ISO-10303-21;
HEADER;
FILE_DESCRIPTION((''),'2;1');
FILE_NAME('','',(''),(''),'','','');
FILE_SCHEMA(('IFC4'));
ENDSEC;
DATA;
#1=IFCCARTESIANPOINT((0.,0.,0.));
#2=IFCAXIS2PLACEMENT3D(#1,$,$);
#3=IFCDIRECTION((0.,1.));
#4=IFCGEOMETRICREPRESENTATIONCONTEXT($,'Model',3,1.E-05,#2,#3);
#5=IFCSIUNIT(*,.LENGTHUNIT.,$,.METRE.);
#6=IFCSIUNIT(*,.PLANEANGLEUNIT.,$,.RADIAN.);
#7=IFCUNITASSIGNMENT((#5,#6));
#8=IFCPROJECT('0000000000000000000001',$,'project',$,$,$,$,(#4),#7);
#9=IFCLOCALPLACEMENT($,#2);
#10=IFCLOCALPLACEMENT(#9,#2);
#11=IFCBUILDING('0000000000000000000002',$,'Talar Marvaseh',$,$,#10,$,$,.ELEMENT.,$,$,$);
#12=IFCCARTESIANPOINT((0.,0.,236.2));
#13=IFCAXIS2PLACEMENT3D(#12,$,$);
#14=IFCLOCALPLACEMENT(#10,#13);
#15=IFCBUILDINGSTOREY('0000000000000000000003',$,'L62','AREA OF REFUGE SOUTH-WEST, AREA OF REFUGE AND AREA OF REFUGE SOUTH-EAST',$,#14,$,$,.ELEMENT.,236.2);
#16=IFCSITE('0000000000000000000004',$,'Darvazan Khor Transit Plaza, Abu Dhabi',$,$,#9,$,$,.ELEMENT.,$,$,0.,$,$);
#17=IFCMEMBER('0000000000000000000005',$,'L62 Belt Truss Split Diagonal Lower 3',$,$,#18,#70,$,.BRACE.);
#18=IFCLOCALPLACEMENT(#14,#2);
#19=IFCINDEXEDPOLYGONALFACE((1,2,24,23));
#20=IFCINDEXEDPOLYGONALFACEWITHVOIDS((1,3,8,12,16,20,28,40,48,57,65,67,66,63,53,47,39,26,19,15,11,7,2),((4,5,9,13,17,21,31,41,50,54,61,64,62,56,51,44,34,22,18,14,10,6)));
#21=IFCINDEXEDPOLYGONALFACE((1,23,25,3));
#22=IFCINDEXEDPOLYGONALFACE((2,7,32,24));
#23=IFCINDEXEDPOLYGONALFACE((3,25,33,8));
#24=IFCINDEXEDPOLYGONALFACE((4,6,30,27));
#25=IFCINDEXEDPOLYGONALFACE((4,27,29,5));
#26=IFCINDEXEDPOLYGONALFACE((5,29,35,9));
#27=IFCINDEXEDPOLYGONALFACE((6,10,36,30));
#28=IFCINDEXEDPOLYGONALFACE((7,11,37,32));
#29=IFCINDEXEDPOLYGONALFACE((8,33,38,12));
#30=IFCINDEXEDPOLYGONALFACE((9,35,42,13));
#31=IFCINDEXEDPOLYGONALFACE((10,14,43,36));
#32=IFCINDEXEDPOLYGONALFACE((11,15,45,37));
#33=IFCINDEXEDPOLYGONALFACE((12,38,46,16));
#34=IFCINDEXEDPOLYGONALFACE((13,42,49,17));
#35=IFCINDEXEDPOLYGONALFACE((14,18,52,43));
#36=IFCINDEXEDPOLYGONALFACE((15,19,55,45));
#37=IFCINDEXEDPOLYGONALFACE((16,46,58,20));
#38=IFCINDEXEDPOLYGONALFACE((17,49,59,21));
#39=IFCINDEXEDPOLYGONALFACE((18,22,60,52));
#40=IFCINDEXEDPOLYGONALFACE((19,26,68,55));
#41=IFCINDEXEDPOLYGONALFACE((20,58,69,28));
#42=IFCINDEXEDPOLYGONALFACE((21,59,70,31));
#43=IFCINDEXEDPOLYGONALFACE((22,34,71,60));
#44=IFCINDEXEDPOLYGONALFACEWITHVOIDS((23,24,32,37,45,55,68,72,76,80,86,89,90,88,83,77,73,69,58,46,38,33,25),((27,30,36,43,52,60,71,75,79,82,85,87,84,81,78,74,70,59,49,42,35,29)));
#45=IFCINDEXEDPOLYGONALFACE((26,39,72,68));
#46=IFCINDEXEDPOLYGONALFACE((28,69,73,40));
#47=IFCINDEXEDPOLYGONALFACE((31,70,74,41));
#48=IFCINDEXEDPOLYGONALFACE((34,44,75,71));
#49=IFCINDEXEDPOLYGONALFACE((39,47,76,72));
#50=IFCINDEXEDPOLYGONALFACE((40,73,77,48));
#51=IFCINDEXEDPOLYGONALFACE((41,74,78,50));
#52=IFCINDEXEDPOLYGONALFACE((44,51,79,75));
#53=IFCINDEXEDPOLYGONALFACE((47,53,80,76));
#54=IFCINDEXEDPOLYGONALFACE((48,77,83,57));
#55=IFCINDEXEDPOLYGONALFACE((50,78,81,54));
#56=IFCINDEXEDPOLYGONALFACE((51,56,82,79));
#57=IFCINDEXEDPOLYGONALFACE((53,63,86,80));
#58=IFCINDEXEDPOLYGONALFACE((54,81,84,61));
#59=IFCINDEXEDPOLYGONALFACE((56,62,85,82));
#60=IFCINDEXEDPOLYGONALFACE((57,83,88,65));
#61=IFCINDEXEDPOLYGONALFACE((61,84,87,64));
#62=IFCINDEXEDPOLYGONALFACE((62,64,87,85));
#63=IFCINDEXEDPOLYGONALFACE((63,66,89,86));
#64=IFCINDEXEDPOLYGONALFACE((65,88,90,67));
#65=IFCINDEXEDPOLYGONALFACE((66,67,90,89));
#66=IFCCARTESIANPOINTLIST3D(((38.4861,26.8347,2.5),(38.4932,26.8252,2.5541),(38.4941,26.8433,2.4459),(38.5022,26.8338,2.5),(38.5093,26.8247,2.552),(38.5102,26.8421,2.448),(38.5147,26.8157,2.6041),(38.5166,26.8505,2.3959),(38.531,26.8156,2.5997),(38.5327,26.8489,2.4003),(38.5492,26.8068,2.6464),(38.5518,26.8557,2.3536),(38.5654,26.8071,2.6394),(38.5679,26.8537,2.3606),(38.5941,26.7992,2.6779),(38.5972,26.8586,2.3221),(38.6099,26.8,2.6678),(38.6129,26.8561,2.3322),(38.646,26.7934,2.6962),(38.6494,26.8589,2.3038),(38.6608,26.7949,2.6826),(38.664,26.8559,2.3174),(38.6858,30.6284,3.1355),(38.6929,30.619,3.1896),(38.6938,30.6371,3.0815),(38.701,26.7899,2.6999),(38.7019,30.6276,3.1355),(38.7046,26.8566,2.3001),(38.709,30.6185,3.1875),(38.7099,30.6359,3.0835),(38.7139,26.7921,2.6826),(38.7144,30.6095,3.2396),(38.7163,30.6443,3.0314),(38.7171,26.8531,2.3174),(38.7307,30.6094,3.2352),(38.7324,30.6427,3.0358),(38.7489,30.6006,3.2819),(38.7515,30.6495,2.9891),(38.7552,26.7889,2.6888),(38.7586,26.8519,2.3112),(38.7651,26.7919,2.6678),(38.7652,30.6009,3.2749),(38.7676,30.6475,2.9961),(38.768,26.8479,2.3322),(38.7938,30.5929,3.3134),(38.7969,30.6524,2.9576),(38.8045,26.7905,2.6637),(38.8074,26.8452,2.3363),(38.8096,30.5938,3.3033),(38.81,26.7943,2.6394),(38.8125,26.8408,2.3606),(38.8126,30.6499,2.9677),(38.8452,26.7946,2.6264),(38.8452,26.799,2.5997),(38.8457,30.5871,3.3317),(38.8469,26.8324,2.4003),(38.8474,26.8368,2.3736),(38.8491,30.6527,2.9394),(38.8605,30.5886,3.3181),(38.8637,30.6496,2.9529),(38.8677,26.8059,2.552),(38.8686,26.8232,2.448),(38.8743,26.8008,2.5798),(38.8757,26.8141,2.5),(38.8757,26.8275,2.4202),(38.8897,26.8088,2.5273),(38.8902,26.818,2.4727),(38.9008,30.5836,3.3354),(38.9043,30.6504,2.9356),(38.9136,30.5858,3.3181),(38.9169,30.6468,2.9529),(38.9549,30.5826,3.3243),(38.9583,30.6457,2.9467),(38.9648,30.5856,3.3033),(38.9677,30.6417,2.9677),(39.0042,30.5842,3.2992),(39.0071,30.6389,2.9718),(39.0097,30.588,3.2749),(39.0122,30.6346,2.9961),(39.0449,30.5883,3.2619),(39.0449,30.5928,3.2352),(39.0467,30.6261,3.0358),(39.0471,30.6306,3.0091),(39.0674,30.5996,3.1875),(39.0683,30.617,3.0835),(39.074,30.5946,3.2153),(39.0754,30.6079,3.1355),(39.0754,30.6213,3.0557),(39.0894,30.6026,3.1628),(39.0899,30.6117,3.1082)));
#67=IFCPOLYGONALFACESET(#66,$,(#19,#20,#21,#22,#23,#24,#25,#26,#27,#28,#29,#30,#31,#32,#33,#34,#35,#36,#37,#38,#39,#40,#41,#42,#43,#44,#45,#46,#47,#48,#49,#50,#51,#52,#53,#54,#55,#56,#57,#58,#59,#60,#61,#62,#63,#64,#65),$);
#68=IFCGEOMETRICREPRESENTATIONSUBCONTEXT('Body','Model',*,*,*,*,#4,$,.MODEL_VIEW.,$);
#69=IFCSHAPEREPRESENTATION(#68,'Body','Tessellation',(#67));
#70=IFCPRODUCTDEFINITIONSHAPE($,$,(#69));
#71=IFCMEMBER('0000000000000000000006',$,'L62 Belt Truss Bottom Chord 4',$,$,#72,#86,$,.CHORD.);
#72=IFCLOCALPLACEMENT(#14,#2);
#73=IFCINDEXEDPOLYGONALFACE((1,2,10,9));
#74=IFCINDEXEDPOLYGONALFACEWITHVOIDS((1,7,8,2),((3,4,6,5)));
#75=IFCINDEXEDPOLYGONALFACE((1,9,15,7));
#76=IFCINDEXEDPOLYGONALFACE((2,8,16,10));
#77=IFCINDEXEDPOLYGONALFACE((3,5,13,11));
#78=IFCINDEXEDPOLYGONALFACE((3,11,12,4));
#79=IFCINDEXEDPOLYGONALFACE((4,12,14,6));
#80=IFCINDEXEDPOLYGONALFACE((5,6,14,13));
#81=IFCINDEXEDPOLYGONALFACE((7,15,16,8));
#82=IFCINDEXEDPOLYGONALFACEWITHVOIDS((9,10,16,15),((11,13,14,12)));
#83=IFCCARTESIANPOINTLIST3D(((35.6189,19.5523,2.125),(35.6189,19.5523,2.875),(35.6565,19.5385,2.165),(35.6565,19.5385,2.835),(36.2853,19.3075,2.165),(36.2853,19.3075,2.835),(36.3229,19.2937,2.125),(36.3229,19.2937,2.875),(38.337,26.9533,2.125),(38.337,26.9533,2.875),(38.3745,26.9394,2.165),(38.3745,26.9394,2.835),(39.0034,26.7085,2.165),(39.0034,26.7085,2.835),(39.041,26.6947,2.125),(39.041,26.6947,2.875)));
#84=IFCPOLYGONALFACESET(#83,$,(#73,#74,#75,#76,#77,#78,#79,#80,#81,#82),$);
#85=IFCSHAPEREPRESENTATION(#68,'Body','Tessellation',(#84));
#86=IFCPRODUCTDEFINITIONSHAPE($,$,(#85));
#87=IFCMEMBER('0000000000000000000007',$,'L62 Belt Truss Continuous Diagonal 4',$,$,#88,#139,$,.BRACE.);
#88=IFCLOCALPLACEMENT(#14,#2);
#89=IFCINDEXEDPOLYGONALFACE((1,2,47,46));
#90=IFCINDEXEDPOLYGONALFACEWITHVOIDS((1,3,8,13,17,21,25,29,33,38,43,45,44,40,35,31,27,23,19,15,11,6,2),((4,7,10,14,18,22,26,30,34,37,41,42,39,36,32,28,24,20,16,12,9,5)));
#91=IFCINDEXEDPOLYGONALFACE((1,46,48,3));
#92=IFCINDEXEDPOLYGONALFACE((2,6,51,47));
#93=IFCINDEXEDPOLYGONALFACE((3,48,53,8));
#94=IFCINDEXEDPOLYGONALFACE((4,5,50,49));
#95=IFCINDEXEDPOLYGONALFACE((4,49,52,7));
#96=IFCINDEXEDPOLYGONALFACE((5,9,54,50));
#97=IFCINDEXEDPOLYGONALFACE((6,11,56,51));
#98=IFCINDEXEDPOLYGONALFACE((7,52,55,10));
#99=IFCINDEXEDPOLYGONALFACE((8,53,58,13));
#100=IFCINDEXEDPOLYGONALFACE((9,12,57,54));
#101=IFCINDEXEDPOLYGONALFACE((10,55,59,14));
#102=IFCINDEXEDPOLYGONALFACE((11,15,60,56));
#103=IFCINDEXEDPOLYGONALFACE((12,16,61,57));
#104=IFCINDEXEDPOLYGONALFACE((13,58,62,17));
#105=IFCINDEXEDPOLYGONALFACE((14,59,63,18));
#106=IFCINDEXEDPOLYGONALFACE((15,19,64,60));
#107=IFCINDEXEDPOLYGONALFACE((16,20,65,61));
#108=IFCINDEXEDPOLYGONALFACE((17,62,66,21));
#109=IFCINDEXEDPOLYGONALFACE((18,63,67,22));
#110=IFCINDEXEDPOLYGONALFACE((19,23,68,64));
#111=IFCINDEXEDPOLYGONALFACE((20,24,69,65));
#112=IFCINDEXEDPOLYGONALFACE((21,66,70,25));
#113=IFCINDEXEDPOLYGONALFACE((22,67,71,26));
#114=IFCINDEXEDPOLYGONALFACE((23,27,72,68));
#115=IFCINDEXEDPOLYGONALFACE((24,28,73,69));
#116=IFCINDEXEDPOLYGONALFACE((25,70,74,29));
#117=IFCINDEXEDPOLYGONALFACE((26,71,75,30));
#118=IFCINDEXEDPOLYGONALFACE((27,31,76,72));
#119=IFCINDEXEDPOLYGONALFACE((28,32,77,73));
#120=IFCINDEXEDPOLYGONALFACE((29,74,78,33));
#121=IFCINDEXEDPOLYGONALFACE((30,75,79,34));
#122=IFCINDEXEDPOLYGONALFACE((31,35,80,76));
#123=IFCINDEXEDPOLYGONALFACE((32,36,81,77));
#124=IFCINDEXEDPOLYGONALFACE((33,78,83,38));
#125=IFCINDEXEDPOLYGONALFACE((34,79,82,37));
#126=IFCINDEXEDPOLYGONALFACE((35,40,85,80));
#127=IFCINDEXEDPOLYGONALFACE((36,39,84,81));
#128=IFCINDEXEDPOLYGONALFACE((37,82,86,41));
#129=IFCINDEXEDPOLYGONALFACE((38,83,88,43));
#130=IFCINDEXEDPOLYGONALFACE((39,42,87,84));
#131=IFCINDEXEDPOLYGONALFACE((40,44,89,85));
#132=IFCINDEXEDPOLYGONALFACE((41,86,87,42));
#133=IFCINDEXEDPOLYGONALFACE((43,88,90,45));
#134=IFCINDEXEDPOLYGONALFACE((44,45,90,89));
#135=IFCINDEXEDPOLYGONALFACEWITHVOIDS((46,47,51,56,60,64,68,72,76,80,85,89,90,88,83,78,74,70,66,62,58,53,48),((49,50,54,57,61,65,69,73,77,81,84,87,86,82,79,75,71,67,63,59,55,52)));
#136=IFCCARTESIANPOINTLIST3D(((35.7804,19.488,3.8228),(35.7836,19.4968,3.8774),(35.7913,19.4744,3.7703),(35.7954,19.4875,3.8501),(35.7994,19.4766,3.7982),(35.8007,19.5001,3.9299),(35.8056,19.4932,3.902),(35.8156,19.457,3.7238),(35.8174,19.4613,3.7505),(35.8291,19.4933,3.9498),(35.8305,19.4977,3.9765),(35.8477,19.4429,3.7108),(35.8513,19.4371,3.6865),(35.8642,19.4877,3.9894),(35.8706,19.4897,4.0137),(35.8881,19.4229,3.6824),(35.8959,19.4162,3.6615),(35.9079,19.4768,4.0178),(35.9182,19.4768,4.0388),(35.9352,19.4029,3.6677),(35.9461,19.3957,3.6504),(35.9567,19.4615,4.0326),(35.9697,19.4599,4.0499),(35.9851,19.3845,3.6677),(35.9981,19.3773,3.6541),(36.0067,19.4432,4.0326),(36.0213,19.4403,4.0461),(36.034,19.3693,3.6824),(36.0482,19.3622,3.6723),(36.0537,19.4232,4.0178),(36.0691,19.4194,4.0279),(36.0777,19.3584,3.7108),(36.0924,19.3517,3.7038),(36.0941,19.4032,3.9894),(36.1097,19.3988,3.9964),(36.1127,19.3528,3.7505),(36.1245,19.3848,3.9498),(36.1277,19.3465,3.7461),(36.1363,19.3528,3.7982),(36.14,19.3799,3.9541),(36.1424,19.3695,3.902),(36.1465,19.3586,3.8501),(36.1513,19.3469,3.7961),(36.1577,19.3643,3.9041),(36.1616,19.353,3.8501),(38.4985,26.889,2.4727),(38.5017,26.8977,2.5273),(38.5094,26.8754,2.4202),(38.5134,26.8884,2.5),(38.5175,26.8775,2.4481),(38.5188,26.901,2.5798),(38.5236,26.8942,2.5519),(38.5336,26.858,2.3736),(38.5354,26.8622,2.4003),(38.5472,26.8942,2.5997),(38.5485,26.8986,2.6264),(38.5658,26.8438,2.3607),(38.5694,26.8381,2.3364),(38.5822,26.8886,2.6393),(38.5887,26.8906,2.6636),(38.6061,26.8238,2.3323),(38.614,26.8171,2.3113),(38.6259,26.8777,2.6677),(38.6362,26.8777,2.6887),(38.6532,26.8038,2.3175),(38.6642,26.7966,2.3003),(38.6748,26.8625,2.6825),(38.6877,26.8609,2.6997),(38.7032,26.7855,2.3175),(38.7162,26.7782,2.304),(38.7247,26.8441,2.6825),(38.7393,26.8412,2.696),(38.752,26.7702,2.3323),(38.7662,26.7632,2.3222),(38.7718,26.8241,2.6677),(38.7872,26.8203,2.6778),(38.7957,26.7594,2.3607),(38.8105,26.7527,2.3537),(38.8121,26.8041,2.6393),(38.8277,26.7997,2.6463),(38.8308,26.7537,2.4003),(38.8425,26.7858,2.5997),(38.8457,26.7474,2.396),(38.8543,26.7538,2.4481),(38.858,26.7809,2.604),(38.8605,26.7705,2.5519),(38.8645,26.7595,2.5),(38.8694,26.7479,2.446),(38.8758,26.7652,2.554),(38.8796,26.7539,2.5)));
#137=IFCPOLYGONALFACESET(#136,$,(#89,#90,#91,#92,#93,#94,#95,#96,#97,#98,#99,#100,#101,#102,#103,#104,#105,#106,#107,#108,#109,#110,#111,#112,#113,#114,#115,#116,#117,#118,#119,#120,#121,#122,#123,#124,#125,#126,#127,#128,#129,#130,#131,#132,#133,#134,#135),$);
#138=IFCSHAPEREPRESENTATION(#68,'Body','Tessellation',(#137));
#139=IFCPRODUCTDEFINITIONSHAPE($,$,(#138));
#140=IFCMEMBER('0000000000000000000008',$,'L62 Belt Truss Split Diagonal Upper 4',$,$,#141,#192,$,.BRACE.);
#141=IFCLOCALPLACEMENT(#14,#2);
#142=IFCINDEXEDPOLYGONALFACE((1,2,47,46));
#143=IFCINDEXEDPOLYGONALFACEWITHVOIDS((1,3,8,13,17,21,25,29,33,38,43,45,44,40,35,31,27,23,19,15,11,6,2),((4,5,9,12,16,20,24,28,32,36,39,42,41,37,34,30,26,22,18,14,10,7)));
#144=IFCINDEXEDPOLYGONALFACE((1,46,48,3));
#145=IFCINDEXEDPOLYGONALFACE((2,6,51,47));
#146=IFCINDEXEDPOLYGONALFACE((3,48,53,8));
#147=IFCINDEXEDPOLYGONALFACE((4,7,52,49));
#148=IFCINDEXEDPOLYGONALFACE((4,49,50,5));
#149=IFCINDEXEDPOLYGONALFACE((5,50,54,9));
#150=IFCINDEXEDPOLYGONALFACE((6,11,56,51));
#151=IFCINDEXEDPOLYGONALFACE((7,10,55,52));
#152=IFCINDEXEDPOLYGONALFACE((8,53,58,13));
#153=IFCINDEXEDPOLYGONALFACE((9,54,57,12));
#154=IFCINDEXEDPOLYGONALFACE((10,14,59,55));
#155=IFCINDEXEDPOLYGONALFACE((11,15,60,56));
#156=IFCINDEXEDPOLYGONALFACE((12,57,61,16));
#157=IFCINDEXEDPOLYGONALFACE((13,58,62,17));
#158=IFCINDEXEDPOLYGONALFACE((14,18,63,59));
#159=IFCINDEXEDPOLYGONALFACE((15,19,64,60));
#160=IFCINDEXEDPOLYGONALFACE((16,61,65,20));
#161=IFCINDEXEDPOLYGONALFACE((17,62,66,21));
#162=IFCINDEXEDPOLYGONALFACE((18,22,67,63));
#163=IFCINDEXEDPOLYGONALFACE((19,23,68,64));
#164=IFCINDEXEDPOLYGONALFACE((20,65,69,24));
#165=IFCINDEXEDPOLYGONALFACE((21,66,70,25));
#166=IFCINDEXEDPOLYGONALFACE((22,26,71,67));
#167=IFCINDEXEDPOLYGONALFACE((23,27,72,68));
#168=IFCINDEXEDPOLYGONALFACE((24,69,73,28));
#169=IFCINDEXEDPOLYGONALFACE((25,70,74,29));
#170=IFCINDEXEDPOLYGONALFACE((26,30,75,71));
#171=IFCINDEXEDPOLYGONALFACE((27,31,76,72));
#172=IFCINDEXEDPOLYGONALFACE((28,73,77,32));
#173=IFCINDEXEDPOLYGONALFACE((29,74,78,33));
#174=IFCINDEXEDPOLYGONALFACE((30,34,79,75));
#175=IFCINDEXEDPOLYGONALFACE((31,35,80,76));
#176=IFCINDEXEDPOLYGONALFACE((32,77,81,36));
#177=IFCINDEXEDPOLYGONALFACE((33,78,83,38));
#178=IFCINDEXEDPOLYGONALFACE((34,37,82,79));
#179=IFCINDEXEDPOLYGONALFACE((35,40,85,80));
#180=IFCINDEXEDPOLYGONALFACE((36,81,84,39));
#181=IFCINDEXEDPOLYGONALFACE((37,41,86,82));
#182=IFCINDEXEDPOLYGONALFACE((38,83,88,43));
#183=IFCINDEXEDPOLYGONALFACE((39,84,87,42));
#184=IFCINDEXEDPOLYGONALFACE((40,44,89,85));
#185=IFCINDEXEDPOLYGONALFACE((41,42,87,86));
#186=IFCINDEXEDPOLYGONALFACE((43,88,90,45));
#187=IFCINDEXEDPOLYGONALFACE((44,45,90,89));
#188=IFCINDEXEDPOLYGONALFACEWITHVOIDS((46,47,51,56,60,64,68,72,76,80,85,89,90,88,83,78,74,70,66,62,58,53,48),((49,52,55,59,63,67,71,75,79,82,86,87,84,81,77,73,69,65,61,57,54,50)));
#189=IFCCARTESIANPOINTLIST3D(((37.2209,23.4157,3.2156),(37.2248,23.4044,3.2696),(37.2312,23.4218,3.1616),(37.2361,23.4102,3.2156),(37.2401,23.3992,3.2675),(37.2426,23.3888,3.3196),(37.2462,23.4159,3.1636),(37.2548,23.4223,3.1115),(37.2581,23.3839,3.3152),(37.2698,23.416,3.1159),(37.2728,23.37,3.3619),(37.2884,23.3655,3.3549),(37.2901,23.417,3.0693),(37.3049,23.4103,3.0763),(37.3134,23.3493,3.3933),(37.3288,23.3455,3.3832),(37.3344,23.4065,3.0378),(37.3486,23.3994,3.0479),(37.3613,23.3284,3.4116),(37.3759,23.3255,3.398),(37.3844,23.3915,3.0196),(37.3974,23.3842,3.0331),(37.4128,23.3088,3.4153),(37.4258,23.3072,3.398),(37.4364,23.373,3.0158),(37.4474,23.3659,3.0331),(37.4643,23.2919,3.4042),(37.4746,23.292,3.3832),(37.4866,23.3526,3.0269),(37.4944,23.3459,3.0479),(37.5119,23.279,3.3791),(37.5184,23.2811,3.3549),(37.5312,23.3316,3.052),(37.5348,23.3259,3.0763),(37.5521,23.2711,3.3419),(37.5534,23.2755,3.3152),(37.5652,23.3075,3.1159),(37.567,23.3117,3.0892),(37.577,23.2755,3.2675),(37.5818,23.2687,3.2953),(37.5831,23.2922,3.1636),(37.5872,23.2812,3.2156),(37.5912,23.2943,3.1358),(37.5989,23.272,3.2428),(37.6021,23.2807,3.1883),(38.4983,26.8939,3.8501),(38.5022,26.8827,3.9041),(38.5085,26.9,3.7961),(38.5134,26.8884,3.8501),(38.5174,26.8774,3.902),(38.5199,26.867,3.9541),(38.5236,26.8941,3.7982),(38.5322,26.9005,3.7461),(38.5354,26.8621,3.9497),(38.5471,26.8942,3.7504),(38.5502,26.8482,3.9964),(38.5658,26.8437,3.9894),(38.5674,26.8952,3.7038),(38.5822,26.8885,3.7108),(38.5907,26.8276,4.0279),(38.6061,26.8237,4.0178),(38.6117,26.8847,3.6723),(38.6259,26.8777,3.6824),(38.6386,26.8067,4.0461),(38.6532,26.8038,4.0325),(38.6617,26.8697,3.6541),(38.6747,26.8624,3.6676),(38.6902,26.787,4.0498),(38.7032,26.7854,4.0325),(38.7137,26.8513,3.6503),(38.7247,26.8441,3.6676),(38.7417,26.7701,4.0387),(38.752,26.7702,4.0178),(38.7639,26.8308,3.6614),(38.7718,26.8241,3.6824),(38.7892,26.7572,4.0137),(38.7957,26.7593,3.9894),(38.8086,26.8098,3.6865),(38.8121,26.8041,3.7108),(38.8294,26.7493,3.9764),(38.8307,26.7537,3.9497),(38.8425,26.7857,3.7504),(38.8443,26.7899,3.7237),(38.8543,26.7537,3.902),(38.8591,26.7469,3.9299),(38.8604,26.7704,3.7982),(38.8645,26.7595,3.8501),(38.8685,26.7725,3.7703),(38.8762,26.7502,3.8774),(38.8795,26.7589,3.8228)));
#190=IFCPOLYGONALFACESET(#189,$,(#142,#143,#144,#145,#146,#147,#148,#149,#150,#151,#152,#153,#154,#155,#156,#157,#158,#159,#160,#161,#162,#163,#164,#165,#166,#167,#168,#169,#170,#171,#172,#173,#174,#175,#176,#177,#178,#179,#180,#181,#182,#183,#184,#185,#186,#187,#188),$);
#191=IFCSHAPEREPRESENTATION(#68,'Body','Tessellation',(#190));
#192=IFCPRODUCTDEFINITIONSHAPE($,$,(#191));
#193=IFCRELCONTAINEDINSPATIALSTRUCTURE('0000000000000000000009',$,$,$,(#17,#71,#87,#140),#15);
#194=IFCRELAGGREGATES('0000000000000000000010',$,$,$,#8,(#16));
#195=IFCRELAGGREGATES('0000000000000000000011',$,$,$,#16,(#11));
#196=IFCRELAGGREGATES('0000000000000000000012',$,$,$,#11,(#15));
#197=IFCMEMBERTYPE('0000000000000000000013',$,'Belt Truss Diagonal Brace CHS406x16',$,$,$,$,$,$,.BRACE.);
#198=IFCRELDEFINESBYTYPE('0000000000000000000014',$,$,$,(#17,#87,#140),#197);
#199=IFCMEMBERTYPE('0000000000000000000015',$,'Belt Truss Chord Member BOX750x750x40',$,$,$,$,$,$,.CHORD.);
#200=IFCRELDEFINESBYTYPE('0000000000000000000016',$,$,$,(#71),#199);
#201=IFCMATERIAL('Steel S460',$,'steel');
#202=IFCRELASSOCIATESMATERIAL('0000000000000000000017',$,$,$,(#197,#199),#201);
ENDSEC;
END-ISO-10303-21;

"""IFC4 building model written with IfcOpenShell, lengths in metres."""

from ifc_helpers import new_model, si_unit, direction, frame, origin, origin_2d, place, context, subcontext, project, spatial, hollow_rectangle, hollow_circle, extrude, source, transform, mapped, material, material_profile, profile_set, type_object, type_shapes, element, save


model = new_model("IFC4")

# Units and contexts
model_context = context("Model", 3, precision=1e-05, world=origin(), true_north=direction((0.0, 1.0)))
body_context = subcontext(model_context, "Body", "Model", "MODEL_VIEW")
ifc_project = project(units=[si_unit("LENGTHUNIT", "METRE"), si_unit("PLANEANGLEUNIT", "RADIAN")], contexts=[model_context])

# Site, building, storey
site_placement = place(None, origin())
site = spatial("IfcSite", under=ifc_project, at=site_placement, Name="Darvazan Khor Transit Plaza, Abu Dhabi", CompositionType="ELEMENT", RefElevation=0.0)
building_placement = place(site_placement, origin())
building = spatial("IfcBuilding", under=site, at=building_placement, Name="Talar Marvaseh", CompositionType="ELEMENT")
storey_placement = place(building_placement, frame((0.0, 0.0, 236.2)))
storey = spatial("IfcBuildingStorey", under=building, at=storey_placement, Name="L62", Description="AREA OF REFUGE SOUTH-WEST, AREA OF REFUGE AND AREA OF REFUGE SOUTH-EAST", CompositionType="ELEMENT", Elevation=236.2)

# Shared definitions
ifc_material_1 = material(Name="Steel S460", Category="steel")

# Members
ifc_material_profile_1 = material_profile(ifc_material_1, hollow_circle(Radius=0.2031, WallThickness=0.0161, at=origin_2d()), Name="CHS406x16")
ifc_profile_set_1 = profile_set([ifc_material_profile_1], Name="Steel S460")
member_type_1 = type_object("IfcMemberType", Name="Belt Truss Diagonal Brace CHS406x16", PredefinedType="BRACE", material=ifc_profile_set_1)
shared_shape_1 = source(origin(), body_context, "Body", "SweptSolid", [
    extrude(hollow_circle(Radius=0.2031, WallThickness=0.0161, at=origin_2d()), origin(), (0.0, 0.0, 1.0), 3.8518),
])
member_1_placement = place(storey_placement, frame((38.689, 26.824, 2.5), z_axis=(0.051849, 0.984932, 0.16499), x_axis=(-0.998617, 0.052569, 0.0)))
element("IfcMember", 1, at=member_1_placement, inside=storey, type_object=member_type_1, Name="L62 Belt Truss Split Diagonal Lower 3", PredefinedType="BRACE", context=body_context, shape_type="MappedRepresentation", body=[
    mapped(shared_shape_1, transform((0.0, 0.0, 0.0), x_axis=(1.0, 0.0, 0.0), y_axis=(0.0, 1.0, 0.0), z_axis=(0.0, 0.0, 1.0), scale=1.0)),
])
ifc_material_profile_2 = material_profile(ifc_material_1, hollow_rectangle(XDim=0.75, YDim=0.75, WallThickness=0.04, at=origin_2d()), Name="BOX750x750x40")
ifc_profile_set_2 = profile_set([ifc_material_profile_2], Name="Steel S460")
member_type_2 = type_object("IfcMemberType", Name="Belt Truss Chord Member BOX750x750x40", PredefinedType="CHORD", material=ifc_profile_set_2)
shared_shape_2 = source(origin(), body_context, "Body", "SweptSolid", [
    extrude(hollow_rectangle(XDim=0.75, YDim=0.75, WallThickness=0.04, at=origin_2d()), origin(), (0.0, 0.0, 1.0), 7.8843),
])
type_shapes(member_type_2, [shared_shape_2])
member_2_placement = place(storey_placement, frame((38.689, 26.824, 2.5), z_axis=(-0.344742, -0.938697, 0.0), x_axis=(0.938697, -0.344742, 0.0)))
element("IfcMember", 2, at=member_2_placement, inside=storey, type_object=member_type_2, Name="L62 Belt Truss Bottom Chord 4", PredefinedType="CHORD", context=body_context, shape_type="MappedRepresentation", body=[
    mapped(shared_shape_2, transform((0.0, 0.0, 0.0), x_axis=(1.0, 0.0, 0.0), y_axis=(0.0, 1.0, 0.0), z_axis=(0.0, 0.0, 1.0), scale=1.0)),
])
shared_shape_3 = source(origin(), body_context, "Body", "SweptSolid", [
    extrude(hollow_circle(Radius=0.2031, WallThickness=0.0161, at=origin_2d()), origin(), (0.0, 0.0, 1.0), 7.999),
])
member_3_placement = place(storey_placement, frame((38.689, 26.824, 2.5), z_axis=(-0.339796, -0.92523, 0.168784), x_axis=(0.938697, -0.344742, 0.0)))
element("IfcMember", 3, at=member_3_placement, inside=storey, type_object=member_type_1, Name="L62 Belt Truss Continuous Diagonal 4", PredefinedType="BRACE", context=body_context, shape_type="MappedRepresentation", body=[
    mapped(shared_shape_3, transform((0.0, 0.0, 0.0), x_axis=(1.0, 0.0, 0.0), y_axis=(0.0, 1.0, 0.0), z_axis=(0.0, 0.0, 1.0), scale=1.0)),
])
shared_shape_4 = source(origin(), body_context, "Body", "SweptSolid", [
    extrude(hollow_circle(Radius=0.2031, WallThickness=0.0161, at=origin_2d()), origin(), (0.0, 0.0, 1.0), 3.7593),
])
type_shapes(member_type_1, [shared_shape_1, shared_shape_3, shared_shape_4])
member_4_placement = place(storey_placement, frame((37.4116, 23.3457, 3.2156), z_axis=(0.339779, 0.925236, 0.168786), x_axis=(-0.938704, 0.344725, 0.0)))
element("IfcMember", 4, at=member_4_placement, inside=storey, type_object=member_type_1, Name="L62 Belt Truss Split Diagonal Upper 4", PredefinedType="BRACE", context=body_context, shape_type="MappedRepresentation", body=[
    mapped(shared_shape_4, transform((0.0, 0.0, 0.0), x_axis=(1.0, 0.0, 0.0), y_axis=(0.0, 1.0, 0.0), z_axis=(0.0, 0.0, 1.0), scale=1.0)),
])

save(model, "model.ifc")
